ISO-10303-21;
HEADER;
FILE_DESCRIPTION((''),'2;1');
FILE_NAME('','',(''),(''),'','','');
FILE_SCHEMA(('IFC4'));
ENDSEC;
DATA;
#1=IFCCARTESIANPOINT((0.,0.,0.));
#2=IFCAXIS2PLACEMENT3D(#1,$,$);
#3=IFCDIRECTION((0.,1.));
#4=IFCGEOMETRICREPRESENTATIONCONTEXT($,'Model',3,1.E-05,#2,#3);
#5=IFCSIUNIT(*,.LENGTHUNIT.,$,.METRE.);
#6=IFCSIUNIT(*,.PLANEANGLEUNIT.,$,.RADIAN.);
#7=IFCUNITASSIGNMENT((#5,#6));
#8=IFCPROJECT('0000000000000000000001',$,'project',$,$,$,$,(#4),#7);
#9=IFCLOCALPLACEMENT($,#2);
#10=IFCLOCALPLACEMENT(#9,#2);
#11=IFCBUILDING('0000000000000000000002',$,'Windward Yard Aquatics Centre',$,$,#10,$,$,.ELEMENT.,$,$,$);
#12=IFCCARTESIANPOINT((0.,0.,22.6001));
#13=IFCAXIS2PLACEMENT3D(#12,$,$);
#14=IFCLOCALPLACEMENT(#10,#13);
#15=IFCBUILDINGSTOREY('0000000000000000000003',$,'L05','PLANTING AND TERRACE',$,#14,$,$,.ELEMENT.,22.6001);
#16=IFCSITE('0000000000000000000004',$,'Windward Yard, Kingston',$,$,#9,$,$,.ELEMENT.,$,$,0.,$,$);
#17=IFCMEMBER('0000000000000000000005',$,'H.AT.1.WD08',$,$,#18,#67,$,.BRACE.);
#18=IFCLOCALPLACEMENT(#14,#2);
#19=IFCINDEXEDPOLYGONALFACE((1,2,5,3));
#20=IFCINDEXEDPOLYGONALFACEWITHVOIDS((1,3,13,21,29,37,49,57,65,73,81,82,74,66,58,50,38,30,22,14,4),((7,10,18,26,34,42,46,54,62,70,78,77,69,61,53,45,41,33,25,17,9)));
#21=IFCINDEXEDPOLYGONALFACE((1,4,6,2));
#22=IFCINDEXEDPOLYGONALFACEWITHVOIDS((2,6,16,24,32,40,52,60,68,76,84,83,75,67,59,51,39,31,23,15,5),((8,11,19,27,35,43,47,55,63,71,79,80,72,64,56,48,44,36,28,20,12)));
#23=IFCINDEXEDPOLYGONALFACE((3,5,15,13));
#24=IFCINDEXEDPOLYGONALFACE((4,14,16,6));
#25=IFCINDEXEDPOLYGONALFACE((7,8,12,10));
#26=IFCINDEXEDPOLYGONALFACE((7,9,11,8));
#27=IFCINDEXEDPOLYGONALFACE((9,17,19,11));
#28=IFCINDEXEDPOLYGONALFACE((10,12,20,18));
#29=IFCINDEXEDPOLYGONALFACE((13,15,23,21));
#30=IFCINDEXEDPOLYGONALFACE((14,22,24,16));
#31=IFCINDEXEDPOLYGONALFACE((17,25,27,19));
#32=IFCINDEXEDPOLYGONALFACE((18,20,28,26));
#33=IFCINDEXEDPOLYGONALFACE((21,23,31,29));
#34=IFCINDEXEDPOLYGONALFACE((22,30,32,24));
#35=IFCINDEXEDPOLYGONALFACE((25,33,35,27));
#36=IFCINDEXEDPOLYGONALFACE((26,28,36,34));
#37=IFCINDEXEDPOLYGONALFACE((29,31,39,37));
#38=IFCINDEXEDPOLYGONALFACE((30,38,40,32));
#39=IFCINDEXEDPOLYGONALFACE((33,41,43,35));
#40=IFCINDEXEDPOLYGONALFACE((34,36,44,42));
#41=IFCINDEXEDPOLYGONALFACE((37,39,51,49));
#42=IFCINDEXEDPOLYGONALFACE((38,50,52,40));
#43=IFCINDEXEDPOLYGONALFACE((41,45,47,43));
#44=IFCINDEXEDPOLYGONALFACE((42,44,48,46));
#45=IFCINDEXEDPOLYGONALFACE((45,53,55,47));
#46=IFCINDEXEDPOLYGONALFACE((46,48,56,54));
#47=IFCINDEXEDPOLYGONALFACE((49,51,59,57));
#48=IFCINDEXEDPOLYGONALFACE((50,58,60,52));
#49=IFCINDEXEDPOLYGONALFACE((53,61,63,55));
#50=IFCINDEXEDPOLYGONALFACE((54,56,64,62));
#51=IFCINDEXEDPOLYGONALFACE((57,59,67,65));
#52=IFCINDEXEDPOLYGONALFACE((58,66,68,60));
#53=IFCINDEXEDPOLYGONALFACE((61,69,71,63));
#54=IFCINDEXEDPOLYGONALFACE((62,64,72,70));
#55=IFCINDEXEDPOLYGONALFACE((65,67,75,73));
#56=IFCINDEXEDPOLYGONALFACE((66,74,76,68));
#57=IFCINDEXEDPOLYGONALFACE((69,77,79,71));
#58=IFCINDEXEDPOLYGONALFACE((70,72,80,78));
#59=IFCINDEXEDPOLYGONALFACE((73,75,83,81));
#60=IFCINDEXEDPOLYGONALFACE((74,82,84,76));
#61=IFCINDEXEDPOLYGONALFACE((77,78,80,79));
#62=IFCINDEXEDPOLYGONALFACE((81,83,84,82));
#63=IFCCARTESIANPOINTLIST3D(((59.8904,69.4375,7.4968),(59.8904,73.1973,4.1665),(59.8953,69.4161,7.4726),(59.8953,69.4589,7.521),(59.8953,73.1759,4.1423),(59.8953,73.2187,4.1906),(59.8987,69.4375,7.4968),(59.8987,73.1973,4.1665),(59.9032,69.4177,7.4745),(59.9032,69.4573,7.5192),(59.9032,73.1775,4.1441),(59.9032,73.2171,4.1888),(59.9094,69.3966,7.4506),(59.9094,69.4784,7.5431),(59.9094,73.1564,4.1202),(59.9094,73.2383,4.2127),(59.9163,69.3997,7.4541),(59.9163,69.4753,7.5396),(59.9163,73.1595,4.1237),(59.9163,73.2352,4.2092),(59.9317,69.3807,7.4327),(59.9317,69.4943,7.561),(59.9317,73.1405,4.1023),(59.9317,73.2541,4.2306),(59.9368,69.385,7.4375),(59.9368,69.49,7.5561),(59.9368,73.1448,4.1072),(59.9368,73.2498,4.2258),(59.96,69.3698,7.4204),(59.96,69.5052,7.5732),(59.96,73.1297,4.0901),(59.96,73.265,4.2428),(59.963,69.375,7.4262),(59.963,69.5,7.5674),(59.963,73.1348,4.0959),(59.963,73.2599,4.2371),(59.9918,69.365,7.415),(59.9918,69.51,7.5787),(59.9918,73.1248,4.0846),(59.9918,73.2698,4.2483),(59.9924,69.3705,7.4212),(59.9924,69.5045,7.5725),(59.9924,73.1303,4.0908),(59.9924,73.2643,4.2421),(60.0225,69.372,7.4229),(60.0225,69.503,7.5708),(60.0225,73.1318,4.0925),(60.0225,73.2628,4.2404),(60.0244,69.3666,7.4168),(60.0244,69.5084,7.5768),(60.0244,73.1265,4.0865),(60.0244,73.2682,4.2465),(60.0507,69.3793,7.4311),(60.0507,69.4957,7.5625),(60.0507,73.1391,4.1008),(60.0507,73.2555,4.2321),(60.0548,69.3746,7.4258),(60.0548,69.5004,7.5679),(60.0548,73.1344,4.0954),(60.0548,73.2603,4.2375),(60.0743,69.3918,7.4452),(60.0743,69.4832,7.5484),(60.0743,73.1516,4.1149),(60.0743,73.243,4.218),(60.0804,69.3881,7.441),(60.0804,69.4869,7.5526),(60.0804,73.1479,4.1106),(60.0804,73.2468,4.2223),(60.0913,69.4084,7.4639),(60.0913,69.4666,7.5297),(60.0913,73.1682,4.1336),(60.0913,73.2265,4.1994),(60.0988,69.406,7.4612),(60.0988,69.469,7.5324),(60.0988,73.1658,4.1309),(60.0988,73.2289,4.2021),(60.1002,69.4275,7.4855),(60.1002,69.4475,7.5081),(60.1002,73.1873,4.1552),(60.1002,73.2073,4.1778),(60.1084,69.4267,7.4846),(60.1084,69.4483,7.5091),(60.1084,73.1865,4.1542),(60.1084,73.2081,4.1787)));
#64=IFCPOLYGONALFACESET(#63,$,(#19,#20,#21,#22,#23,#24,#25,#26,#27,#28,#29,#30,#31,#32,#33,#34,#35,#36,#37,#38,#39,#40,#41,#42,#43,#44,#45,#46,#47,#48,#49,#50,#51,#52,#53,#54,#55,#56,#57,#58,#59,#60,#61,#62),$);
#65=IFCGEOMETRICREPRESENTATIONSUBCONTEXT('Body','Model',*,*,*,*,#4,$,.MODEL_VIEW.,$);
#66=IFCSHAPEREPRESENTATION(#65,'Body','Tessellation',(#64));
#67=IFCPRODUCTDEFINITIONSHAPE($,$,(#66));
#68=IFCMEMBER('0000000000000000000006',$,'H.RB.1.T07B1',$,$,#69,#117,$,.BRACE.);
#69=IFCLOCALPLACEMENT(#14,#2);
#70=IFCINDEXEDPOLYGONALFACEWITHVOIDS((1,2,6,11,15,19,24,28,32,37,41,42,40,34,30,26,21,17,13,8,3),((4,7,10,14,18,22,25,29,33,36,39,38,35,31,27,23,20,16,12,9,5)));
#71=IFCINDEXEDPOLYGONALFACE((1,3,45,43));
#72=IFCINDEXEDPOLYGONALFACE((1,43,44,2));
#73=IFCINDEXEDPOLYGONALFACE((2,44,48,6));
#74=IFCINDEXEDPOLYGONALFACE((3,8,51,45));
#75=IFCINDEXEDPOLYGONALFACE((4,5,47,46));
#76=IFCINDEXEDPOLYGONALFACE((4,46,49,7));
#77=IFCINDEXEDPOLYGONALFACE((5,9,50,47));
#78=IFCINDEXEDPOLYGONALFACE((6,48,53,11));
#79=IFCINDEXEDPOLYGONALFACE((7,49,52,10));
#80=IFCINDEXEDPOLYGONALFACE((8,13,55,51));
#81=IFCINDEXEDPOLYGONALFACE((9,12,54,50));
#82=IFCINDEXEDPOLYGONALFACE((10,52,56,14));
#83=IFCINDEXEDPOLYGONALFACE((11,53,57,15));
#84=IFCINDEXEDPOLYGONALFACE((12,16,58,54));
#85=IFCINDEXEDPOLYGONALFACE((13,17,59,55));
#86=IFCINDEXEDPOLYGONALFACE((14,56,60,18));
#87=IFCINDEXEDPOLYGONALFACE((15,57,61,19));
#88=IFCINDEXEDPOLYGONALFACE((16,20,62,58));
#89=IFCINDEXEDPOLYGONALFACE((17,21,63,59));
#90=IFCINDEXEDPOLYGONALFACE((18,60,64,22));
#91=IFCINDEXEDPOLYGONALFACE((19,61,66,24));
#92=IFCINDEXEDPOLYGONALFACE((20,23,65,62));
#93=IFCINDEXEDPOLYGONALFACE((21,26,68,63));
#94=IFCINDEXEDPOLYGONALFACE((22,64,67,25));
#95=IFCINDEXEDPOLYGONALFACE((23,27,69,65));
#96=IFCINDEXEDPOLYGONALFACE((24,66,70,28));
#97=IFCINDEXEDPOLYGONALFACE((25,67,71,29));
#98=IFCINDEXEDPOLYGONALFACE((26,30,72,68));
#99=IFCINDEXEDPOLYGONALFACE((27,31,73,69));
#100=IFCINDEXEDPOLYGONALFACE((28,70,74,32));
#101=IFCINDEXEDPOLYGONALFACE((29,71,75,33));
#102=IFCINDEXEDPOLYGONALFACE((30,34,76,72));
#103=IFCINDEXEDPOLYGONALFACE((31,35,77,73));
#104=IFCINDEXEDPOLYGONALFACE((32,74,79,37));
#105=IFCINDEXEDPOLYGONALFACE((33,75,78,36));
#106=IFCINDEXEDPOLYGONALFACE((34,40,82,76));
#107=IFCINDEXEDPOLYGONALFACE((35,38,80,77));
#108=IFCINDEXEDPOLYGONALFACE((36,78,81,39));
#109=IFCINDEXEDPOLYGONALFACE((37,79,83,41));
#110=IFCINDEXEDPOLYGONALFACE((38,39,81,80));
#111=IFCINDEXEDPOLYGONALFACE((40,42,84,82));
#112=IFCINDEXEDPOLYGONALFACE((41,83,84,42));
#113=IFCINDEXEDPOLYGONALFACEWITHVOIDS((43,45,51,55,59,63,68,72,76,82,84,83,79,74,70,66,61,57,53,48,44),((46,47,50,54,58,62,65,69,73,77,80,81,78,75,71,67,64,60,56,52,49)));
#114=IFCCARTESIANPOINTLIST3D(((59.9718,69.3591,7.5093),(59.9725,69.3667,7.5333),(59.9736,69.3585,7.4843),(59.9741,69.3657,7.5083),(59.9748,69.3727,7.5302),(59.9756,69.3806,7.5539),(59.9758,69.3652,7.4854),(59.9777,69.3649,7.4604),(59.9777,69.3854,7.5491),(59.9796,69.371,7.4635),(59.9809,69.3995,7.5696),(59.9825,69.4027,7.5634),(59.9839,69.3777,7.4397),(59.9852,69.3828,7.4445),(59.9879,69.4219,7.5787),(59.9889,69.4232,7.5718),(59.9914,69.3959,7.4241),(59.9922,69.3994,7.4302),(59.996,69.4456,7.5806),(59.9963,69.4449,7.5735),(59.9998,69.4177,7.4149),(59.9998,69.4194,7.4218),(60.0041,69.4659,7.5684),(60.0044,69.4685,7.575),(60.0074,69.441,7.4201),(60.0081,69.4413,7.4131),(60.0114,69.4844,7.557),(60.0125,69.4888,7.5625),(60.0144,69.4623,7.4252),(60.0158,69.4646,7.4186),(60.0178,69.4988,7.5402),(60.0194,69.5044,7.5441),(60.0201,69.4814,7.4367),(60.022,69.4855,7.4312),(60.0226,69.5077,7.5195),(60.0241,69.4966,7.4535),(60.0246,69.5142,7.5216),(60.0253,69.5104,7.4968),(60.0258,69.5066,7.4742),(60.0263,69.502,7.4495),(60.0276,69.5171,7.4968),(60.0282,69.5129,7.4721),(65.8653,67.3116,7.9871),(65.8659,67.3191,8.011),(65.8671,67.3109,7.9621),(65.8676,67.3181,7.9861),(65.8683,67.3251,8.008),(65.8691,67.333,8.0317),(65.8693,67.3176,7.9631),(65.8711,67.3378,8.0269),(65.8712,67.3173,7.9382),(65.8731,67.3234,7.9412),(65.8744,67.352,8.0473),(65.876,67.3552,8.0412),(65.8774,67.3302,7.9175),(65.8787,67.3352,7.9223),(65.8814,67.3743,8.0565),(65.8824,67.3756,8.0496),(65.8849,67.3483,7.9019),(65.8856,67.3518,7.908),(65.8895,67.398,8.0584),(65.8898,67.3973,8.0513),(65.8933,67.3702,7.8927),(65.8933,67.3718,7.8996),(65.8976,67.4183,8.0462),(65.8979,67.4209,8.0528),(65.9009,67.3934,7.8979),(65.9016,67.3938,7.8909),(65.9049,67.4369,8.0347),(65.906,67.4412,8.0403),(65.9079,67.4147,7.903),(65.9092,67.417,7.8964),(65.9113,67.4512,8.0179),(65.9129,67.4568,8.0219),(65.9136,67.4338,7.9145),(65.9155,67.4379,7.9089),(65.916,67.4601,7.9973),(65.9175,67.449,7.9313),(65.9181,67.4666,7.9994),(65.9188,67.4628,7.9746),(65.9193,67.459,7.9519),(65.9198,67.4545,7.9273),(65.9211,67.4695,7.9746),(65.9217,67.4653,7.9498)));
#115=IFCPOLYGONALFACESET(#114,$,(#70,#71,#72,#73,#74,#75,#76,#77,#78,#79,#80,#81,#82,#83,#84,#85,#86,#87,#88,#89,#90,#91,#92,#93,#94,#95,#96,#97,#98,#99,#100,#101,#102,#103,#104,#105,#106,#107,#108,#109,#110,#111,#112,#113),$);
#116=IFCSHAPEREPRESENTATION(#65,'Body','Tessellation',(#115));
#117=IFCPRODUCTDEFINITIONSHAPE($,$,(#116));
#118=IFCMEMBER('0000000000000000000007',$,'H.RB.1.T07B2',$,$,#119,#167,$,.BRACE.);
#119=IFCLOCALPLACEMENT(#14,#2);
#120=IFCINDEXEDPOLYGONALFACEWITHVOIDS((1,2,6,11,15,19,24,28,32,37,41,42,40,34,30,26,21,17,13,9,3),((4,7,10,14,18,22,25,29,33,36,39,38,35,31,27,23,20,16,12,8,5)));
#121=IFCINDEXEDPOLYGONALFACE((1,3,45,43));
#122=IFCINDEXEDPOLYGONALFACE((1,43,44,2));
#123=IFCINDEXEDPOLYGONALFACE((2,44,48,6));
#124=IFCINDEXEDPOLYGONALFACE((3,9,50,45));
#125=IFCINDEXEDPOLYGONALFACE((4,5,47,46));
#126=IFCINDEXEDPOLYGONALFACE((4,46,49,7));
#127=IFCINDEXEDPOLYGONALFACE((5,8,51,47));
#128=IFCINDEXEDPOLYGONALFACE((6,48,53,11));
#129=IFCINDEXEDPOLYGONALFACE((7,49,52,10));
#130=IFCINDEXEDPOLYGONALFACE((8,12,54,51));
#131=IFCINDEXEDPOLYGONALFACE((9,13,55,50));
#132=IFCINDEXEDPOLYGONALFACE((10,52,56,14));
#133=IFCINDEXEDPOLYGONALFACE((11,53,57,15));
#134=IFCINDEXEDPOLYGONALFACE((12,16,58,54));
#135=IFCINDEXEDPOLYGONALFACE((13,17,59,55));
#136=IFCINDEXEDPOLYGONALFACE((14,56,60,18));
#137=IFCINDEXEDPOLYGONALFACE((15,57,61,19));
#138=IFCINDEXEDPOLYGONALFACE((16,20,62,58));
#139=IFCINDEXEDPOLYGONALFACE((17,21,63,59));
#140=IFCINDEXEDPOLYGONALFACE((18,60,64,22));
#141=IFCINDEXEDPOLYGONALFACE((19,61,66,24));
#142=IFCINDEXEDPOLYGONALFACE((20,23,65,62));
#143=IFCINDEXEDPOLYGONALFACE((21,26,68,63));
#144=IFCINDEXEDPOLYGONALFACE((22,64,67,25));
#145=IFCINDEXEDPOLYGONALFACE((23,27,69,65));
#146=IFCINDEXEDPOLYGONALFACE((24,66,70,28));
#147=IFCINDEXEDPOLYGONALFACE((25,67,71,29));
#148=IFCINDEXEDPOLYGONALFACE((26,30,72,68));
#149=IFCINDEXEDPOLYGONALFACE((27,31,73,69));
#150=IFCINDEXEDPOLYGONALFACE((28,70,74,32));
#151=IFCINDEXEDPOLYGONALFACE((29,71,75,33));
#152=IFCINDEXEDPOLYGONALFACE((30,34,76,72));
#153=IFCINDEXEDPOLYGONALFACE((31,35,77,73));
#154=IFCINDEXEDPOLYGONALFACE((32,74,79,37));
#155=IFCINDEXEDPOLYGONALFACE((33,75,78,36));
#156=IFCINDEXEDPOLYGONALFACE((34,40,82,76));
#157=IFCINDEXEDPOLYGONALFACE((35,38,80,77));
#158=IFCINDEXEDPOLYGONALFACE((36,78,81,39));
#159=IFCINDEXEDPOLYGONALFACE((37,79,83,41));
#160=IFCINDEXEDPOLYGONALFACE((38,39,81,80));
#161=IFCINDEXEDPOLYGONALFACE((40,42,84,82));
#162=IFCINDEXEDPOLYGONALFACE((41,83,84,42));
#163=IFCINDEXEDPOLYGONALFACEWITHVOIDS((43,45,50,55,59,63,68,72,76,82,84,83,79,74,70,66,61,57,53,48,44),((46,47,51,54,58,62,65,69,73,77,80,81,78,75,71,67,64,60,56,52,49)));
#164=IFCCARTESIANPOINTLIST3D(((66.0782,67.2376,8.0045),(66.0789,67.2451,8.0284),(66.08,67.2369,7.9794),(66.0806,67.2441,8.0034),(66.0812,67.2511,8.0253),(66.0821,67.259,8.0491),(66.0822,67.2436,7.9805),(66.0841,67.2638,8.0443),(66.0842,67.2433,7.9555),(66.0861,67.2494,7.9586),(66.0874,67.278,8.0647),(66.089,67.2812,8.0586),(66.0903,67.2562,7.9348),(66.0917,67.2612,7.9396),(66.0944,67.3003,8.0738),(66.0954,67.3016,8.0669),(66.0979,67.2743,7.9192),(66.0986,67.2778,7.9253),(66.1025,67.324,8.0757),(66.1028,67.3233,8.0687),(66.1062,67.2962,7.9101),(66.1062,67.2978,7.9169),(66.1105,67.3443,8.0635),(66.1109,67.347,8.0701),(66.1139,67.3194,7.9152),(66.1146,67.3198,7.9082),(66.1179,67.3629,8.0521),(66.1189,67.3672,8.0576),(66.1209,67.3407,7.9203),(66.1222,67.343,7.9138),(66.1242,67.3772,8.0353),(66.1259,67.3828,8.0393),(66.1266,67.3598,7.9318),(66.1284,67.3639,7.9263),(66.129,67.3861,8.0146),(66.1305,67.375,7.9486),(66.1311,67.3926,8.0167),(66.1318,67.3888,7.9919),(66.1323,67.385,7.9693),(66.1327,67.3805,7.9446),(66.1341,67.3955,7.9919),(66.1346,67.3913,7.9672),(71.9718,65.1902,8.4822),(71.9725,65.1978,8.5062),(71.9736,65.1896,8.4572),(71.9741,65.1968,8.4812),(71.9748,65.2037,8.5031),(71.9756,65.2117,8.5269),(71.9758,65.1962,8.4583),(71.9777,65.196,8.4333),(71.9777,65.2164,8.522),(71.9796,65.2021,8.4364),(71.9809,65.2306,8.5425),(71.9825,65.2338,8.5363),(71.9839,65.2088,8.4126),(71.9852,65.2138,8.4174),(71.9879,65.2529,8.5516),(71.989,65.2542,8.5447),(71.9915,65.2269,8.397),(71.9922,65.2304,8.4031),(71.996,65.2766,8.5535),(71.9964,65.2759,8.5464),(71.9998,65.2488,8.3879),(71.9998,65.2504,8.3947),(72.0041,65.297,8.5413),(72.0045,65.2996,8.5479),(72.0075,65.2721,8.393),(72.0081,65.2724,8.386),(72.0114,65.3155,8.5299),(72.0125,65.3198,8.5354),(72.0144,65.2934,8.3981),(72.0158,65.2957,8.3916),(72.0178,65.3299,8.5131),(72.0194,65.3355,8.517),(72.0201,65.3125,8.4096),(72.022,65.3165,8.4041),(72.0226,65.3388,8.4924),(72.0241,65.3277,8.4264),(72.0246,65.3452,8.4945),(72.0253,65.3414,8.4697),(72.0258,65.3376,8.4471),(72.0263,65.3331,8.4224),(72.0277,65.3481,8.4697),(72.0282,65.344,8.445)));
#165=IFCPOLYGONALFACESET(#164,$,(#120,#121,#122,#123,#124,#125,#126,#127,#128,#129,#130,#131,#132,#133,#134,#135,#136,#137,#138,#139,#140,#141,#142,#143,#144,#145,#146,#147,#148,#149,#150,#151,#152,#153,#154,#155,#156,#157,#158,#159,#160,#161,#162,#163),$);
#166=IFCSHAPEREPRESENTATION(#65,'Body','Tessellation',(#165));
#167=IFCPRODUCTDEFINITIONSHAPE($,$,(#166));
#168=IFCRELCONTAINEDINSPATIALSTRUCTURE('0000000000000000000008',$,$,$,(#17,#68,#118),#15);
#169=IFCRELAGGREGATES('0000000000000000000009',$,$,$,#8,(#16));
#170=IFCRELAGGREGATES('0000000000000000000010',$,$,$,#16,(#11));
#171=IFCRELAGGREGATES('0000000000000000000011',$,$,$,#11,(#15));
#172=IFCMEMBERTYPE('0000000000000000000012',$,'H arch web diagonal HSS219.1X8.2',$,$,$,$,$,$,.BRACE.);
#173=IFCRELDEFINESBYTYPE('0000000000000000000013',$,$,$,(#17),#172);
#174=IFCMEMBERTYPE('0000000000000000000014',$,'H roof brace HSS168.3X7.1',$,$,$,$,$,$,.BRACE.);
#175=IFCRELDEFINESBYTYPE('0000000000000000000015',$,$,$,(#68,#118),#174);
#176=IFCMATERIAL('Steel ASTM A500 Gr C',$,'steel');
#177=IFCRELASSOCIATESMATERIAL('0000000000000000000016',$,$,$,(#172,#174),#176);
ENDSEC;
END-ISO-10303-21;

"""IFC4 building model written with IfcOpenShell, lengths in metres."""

from ifc_helpers import new_model, si_unit, direction, frame, origin, origin_2d, place, context, subcontext, project, spatial, hollow_circle, extrude, material, material_profile, profile_set, type_object, element, save


model = new_model("IFC4")

# Units and contexts
model_context = context("Model", 3, precision=1e-05, world=origin(), true_north=direction((0.0, 1.0)))
body_context = subcontext(model_context, "Body", "Model", "MODEL_VIEW")
ifc_project = project(units=[si_unit("LENGTHUNIT", "METRE"), si_unit("PLANEANGLEUNIT", "RADIAN")], contexts=[model_context])

# Site, building, storey
site_placement = place(None, origin())
site = spatial("IfcSite", under=ifc_project, at=site_placement, Name="Windward Yard, Kingston", CompositionType="ELEMENT", RefElevation=0.0)
building_placement = place(site_placement, origin())
building = spatial("IfcBuilding", under=site, at=building_placement, Name="Windward Yard Aquatics Centre", CompositionType="ELEMENT")
storey_placement = place(building_placement, frame((0.0, 0.0, 22.6001)))
storey = spatial("IfcBuildingStorey", under=building, at=storey_placement, Name="L05", Description="PLANTING AND TERRACE", CompositionType="ELEMENT", Elevation=22.6001)

# Members
ifc_material_1 = material(Name="Steel ASTM A500 Gr C", Category="steel")
ifc_material_profile_1 = material_profile(ifc_material_1, hollow_circle(Radius=0.1096, WallThickness=0.0083, at=origin_2d()), Name="HSS219.1X8.2")
ifc_profile_set_1 = profile_set([ifc_material_profile_1], Name="Steel ASTM A500 Gr C")
member_type_1 = type_object("IfcMemberType", Name="H arch web diagonal HSS219.1X8.2", PredefinedType="BRACE", material=ifc_profile_set_1)
member_1_placement = place(storey_placement, frame((60.0, 69.4375, 7.4968), z_axis=(0.0, 0.748564, -0.663062), x_axis=(-1.0, 0.0, 0.0)))
element("IfcMember", 1, at=member_1_placement, inside=storey, type_object=member_type_1, Name="H.AT.1.WD08", PredefinedType="BRACE", context=body_context, shape_type="SweptSolid", body=[
    extrude(hollow_circle(Radius=0.1096, WallThickness=0.0083, at=origin_2d()), origin(), (0.0, 0.0, 1.0), 5.0227),
])
ifc_material_profile_2 = material_profile(ifc_material_1, hollow_circle(Radius=0.0842, WallThickness=0.0071, at=origin_2d()), Name="HSS168.3X7.1")
ifc_profile_set_2 = profile_set([ifc_material_profile_2], Name="Steel ASTM A500 Gr C")
member_type_2 = type_object("IfcMemberType", Name="H roof brace HSS168.3X7.1", PredefinedType="BRACE", material=ifc_profile_set_2)
for number, where, z_axis, x_axis, name in (
    (2, (60.0, 69.4375, 7.4968), (0.941855, -0.32723, 0.076355), (0.328188, 0.944612, 0.0), "H.RB.1.T07B1"),
    (3, (66.1064, 67.3159, 7.9919), (0.941867, -0.327195, 0.076356), (0.328153, 0.944624, 0.0), "H.RB.1.T07B2"),
):
    element("IfcMember", number, at=place(storey_placement, frame(where, z_axis=z_axis, x_axis=x_axis)), inside=storey, type_object=member_type_2, Name=name, PredefinedType="BRACE", context=body_context, shape_type="SweptSolid", body=[
        extrude(hollow_circle(Radius=0.0842, WallThickness=0.0071, at=origin_2d()), origin(), (0.0, 0.0, 1.0), 6.2573),
    ])

save(model, "model.ifc")
